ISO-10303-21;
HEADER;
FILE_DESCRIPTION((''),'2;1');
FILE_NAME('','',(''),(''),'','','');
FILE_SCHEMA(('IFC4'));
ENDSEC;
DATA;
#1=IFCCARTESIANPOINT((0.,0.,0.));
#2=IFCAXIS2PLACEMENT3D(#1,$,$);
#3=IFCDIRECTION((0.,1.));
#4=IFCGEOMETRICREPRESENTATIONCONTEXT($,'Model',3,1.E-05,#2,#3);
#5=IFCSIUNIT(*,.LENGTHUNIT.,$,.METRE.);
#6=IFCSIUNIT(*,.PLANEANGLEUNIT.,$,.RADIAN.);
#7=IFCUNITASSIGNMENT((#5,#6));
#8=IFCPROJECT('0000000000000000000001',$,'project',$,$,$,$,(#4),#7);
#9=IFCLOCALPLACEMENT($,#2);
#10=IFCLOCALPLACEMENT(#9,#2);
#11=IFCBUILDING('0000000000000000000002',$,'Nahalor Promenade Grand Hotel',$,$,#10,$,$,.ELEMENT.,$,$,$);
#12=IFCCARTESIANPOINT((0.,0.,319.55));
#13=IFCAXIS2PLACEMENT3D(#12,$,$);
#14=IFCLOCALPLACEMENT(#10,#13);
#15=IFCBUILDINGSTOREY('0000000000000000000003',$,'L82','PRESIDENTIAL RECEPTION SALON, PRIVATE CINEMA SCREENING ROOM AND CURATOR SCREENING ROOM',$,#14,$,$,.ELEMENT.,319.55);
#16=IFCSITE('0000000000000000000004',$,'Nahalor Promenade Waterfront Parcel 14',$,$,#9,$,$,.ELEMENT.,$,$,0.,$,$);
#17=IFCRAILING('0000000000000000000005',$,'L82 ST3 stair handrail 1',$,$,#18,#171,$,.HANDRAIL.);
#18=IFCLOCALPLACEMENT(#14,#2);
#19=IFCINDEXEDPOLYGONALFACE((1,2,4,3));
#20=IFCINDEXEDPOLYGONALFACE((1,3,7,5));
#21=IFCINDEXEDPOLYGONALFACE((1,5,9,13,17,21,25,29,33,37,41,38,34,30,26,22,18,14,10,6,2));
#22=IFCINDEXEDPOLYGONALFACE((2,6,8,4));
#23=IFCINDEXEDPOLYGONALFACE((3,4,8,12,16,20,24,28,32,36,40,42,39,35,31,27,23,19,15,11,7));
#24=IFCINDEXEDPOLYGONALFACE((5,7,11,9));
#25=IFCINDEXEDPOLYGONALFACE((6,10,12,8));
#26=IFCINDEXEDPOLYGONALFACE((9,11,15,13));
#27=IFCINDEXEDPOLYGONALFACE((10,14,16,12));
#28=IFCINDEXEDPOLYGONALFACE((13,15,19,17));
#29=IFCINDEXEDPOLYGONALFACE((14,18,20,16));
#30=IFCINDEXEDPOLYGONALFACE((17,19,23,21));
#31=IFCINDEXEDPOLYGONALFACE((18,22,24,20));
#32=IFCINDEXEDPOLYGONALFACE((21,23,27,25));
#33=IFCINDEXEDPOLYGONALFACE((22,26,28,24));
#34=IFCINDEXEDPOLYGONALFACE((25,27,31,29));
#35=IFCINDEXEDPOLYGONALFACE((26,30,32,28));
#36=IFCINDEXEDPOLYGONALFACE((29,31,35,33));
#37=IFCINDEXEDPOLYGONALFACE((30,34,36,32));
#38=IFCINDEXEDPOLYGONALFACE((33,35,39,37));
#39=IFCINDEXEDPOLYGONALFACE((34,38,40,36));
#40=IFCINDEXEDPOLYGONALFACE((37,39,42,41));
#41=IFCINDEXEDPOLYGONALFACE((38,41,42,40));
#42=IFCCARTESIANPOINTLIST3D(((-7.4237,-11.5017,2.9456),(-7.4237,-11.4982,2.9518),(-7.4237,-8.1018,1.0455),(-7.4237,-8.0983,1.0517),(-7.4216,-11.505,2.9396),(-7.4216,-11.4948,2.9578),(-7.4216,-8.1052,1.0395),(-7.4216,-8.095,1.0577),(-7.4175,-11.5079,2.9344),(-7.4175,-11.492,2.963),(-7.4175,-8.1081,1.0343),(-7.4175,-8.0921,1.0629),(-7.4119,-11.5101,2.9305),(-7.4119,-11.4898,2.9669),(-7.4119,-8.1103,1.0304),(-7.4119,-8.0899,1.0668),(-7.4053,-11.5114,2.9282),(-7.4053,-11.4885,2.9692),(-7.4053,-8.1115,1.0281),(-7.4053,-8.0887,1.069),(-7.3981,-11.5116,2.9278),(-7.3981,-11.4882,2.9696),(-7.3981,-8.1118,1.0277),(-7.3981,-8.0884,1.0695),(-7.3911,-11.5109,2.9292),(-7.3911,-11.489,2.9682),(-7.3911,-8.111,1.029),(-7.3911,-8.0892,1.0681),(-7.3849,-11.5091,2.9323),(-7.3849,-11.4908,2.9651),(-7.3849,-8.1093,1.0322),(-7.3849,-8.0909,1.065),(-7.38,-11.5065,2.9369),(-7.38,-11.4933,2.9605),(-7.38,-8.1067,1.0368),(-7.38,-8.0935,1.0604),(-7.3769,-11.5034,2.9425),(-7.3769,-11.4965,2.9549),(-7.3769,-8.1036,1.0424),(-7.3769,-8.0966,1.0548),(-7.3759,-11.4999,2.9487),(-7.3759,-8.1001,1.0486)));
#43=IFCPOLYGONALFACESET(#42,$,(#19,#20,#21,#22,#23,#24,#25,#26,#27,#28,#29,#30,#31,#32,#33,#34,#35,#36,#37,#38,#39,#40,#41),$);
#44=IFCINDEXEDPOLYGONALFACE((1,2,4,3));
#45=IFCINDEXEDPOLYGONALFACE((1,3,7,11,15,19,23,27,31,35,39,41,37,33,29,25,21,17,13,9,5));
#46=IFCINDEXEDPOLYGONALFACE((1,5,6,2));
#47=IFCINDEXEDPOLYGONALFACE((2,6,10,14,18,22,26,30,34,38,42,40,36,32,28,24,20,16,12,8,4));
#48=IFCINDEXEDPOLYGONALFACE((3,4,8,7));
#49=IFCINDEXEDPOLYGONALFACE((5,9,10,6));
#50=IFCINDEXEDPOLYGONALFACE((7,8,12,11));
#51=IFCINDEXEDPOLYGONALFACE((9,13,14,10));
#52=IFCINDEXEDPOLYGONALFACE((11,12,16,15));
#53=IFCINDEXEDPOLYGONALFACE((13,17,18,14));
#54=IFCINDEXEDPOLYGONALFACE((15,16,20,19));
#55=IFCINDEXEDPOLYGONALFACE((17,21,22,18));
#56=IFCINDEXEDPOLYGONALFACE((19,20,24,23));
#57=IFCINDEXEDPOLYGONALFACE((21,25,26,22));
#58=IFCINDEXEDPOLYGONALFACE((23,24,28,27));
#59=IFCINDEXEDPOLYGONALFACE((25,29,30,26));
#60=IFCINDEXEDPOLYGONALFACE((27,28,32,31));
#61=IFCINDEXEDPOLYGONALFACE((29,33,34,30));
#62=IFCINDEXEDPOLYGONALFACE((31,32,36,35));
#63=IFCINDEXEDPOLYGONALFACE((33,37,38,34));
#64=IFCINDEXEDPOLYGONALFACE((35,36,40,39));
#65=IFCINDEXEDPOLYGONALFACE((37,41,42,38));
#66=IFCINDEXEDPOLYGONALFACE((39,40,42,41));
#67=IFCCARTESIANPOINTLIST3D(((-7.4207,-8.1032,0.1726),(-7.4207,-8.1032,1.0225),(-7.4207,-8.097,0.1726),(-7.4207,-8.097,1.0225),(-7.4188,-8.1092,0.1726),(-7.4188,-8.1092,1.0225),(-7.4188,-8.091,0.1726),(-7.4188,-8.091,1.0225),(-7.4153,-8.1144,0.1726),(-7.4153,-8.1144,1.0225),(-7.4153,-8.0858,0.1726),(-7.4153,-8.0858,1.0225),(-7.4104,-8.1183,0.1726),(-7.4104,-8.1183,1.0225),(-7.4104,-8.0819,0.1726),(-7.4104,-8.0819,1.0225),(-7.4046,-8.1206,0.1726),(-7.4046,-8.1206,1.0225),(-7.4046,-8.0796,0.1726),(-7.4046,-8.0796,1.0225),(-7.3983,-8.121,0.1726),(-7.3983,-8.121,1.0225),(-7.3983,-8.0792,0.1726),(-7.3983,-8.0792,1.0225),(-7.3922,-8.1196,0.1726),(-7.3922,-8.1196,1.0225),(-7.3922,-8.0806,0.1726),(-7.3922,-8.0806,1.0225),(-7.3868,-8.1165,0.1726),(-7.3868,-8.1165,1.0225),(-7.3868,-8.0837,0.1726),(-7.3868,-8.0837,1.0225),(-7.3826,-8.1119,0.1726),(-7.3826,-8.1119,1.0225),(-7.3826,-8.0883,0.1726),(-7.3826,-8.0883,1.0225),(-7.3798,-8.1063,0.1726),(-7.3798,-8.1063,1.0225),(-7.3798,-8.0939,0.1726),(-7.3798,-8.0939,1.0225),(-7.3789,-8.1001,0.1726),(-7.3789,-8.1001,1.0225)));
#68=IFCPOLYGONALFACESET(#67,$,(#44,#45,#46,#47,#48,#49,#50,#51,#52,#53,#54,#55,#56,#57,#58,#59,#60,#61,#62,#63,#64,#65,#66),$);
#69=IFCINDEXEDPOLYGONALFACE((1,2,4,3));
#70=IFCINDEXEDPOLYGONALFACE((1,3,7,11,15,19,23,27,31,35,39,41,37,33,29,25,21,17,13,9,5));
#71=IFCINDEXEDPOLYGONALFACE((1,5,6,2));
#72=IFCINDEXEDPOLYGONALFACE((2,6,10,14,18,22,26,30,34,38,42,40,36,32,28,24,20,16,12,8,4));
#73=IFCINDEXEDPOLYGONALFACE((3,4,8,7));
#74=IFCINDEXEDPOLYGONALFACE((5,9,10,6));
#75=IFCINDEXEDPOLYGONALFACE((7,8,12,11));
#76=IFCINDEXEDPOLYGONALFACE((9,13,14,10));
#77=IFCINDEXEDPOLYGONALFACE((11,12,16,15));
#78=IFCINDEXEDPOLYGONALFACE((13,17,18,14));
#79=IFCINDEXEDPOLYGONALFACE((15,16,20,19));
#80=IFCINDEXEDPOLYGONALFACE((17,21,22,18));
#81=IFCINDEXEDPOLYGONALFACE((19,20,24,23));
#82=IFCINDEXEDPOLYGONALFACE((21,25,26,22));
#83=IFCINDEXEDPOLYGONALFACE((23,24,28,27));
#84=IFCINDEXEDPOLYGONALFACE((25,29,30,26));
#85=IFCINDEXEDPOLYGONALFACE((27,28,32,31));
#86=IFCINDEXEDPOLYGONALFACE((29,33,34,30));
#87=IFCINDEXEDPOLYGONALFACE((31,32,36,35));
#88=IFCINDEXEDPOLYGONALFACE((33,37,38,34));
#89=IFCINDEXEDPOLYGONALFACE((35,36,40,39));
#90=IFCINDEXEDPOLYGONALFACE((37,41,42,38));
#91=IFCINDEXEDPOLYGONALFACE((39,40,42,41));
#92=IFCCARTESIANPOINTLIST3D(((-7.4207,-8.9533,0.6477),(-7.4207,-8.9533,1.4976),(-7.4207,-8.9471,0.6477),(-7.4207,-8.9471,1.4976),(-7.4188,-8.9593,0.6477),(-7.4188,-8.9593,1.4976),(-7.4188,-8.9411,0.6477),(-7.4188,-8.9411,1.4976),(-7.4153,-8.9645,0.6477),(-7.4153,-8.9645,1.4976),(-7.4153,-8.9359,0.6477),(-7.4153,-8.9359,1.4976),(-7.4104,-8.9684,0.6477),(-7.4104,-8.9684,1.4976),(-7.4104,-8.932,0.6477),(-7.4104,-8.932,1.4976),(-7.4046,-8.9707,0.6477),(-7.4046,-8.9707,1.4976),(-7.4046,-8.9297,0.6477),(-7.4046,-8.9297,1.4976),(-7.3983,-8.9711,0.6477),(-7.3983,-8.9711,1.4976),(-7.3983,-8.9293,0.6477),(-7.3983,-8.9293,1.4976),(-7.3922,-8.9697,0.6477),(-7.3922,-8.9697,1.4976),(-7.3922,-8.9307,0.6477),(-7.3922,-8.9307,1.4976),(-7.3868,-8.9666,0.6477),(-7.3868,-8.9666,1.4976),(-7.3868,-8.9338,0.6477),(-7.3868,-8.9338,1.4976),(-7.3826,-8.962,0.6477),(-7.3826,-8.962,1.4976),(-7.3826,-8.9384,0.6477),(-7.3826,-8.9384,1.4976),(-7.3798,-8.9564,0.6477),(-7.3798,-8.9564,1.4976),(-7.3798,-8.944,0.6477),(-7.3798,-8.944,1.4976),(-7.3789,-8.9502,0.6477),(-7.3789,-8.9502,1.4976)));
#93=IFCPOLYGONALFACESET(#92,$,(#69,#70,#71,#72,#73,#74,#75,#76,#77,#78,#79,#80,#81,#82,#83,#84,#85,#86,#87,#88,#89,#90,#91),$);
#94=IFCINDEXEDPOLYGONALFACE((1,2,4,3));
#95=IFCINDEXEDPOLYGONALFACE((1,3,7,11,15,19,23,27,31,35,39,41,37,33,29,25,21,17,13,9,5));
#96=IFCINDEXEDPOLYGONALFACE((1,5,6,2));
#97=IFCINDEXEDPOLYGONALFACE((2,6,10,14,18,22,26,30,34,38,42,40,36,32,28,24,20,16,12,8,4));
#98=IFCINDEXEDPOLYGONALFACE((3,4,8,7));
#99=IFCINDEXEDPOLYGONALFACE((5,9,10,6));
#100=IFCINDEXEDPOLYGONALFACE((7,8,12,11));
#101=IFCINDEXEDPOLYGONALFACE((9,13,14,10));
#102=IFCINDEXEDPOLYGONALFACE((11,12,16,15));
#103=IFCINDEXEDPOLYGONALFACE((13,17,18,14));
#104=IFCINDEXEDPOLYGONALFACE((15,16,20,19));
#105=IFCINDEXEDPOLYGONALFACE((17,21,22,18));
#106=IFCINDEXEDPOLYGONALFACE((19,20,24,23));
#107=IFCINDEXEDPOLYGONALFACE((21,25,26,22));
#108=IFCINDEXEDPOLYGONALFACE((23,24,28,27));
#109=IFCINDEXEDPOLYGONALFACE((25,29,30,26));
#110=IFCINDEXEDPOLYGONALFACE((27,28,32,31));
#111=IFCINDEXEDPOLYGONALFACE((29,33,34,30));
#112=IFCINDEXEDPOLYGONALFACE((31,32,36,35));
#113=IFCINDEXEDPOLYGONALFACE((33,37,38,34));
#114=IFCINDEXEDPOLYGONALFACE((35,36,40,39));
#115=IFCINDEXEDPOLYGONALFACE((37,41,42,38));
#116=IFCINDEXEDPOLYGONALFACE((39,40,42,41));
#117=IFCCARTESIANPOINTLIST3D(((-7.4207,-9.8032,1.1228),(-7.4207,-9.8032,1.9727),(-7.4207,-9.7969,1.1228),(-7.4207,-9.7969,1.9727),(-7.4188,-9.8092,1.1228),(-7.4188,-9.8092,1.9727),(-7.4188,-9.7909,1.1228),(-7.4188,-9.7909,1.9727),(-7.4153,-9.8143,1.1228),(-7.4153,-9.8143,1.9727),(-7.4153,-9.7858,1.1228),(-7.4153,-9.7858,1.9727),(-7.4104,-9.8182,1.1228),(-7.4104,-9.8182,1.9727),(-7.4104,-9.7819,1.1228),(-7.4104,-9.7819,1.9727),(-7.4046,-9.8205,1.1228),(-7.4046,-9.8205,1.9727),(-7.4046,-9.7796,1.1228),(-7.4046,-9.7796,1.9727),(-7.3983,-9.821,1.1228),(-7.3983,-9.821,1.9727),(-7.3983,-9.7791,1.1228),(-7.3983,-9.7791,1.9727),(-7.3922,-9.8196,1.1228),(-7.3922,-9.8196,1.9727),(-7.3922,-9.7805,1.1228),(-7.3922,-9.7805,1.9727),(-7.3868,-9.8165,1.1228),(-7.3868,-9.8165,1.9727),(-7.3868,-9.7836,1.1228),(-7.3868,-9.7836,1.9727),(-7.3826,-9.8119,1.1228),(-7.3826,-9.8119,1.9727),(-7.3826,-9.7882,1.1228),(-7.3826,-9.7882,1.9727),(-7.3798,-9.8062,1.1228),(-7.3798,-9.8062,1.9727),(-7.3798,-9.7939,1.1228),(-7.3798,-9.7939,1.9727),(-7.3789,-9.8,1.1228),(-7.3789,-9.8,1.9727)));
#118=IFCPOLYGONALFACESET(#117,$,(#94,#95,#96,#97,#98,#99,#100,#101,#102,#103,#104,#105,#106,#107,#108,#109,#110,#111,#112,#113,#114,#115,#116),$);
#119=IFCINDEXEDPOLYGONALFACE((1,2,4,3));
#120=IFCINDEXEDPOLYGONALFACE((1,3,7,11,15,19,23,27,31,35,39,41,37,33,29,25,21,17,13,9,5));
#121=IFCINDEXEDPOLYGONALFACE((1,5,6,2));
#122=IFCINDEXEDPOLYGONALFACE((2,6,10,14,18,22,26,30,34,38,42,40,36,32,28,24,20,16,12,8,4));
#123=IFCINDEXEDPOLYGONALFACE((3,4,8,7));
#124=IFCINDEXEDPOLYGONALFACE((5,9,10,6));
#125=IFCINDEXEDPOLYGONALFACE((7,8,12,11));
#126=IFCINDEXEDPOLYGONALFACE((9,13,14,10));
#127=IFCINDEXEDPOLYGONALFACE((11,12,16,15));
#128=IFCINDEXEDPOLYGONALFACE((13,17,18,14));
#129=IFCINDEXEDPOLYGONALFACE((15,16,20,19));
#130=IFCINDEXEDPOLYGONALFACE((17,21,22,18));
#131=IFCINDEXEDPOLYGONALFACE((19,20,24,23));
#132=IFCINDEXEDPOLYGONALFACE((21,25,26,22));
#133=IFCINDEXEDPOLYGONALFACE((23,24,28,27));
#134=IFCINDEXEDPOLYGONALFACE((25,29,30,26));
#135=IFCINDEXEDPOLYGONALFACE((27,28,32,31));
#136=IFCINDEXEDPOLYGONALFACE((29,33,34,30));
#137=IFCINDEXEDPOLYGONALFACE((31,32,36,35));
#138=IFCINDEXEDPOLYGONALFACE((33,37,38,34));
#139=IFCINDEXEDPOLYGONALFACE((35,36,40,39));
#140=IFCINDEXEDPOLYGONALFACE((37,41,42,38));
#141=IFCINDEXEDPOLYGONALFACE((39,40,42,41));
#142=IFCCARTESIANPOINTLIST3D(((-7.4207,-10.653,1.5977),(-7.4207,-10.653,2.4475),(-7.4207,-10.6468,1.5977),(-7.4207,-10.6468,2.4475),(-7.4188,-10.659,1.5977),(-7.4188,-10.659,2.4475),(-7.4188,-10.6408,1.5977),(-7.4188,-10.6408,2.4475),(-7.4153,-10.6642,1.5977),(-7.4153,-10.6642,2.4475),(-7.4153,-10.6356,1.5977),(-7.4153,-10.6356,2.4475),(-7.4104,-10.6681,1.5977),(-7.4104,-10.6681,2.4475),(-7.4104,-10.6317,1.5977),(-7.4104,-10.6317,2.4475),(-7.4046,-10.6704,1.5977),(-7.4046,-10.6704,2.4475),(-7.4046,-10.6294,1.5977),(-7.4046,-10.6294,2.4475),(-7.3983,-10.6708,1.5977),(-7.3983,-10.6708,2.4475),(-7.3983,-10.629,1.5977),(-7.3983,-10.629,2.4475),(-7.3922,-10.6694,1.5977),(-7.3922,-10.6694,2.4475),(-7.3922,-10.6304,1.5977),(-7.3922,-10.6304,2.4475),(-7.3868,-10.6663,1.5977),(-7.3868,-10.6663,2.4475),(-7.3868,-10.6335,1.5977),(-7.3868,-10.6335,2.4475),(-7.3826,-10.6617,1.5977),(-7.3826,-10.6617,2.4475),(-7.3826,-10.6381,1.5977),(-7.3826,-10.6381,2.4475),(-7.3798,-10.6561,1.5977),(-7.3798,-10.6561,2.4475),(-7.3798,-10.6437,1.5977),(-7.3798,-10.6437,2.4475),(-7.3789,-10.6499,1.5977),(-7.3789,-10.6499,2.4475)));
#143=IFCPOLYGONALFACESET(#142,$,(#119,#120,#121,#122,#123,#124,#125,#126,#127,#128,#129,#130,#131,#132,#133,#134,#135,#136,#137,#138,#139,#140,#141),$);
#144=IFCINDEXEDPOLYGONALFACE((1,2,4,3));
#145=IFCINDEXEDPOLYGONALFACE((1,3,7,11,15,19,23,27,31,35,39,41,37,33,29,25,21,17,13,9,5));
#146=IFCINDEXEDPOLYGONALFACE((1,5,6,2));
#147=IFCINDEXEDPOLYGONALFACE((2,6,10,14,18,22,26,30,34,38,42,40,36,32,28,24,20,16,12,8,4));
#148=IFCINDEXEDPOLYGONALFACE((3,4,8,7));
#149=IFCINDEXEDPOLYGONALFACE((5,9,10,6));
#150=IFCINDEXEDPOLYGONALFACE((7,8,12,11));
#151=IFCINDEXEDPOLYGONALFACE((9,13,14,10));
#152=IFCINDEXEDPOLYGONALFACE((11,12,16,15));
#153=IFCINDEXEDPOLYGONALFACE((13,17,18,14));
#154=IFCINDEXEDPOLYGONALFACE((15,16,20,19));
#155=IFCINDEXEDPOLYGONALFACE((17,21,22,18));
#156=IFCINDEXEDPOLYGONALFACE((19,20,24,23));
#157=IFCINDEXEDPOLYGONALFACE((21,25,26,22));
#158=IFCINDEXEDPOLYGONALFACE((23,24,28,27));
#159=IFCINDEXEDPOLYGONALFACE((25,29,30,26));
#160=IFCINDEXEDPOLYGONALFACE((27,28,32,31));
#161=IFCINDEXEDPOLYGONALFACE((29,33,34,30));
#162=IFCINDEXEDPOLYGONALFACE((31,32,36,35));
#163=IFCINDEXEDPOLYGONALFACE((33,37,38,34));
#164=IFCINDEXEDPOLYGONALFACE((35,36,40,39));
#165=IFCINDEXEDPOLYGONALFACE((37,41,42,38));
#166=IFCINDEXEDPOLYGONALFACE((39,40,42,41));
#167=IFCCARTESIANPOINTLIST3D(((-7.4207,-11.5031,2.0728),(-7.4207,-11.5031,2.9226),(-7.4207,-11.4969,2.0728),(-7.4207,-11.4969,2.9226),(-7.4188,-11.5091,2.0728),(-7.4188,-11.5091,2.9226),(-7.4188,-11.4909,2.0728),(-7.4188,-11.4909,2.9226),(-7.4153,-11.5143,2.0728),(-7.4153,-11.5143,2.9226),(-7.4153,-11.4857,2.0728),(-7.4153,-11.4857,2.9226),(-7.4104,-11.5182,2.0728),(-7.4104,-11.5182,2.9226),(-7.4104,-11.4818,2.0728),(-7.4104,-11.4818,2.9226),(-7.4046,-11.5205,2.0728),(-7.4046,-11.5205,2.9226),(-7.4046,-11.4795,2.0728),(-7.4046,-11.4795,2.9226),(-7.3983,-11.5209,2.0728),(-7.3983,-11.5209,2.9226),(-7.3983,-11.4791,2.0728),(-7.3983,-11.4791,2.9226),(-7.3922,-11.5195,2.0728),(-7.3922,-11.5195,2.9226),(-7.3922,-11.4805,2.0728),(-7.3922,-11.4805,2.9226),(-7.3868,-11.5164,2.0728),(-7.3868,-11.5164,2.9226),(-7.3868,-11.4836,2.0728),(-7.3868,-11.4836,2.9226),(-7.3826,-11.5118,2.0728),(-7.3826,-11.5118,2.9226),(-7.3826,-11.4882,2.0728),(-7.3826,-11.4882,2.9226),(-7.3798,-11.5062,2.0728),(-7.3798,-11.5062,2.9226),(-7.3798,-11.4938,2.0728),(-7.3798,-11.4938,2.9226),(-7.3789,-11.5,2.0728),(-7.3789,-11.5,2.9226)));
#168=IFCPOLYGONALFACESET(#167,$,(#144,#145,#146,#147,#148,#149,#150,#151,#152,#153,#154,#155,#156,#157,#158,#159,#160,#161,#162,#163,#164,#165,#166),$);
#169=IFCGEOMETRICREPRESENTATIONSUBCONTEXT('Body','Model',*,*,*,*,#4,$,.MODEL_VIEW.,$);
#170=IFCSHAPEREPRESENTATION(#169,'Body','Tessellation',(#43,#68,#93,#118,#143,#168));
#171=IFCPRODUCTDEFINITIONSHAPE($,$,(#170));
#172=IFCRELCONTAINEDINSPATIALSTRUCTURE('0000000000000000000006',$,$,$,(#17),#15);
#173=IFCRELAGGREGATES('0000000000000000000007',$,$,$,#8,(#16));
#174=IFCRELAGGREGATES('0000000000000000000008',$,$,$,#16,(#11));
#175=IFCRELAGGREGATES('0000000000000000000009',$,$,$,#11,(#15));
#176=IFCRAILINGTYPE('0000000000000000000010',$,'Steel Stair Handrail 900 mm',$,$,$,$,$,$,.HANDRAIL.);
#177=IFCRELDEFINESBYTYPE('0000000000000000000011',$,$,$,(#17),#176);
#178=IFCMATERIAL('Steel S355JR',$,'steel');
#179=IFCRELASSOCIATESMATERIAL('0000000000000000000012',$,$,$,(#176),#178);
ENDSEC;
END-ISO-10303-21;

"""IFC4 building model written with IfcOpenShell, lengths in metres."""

from ifc_helpers import new_model, si_unit, direction, frame, origin, origin_2d, place, context, subcontext, project, spatial, circle, extrude, material, type_object, element, save


model = new_model("IFC4")

# Units and contexts
model_context = context("Model", 3, precision=1e-05, world=origin(), true_north=direction((0.0, 1.0)))
body_context = subcontext(model_context, "Body", "Model", "MODEL_VIEW")
ifc_project = project(units=[si_unit("LENGTHUNIT", "METRE"), si_unit("PLANEANGLEUNIT", "RADIAN")], contexts=[model_context])

# Site, building, storey
site_placement = place(None, origin())
site = spatial("IfcSite", under=ifc_project, at=site_placement, Name="Nahalor Promenade Waterfront Parcel 14", CompositionType="ELEMENT", RefElevation=0.0)
building_placement = place(site_placement, origin())
building = spatial("IfcBuilding", under=site, at=building_placement, Name="Nahalor Promenade Grand Hotel", CompositionType="ELEMENT")
storey_placement = place(building_placement, frame((0.0, 0.0, 319.55)))
storey = spatial("IfcBuildingStorey", under=building, at=storey_placement, Name="L82", Description="PRESIDENTIAL RECEPTION SALON, PRIVATE CINEMA SCREENING ROOM AND CURATOR SCREENING ROOM", CompositionType="ELEMENT", Elevation=319.55)

# Shared definitions
ifc_material_1 = material(Name="Steel S355JR", Category="steel")

# Railing
railing_type_1 = type_object("IfcRailingType", Name="Steel Stair Handrail 900 mm", PredefinedType="HANDRAIL", material=ifc_material_1)
railing_1_placement = place(storey_placement, frame((-7.3999, -8.1001, 0.1726)))
element("IfcRailing", 1, at=railing_1_placement, inside=storey, type_object=railing_type_1, Name="L82 ST3 stair handrail 1", PredefinedType="HANDRAIL", context=body_context, shape_type="SweptSolid", body=[
    extrude(circle(Radius=0.024, at=origin_2d()), frame((0.0, 0.0, 0.876), z_axis=(0.0, -0.872921, 0.487861), x_axis=(1.0, 0.0, 0.0)), (0.0, 0.0, 1.0), 3.8948),
    extrude(circle(Radius=0.021, at=origin_2d()), origin(), (0.0, 0.0, 1.0), 0.8499),
    extrude(circle(Radius=0.021, at=origin_2d()), frame((0.0, -0.8501, 0.4751)), (0.0, 0.0, 1.0), 0.8499),
    extrude(circle(Radius=0.021, at=origin_2d()), frame((0.0, -1.7, 0.9502)), (0.0, 0.0, 1.0), 0.8499),
    extrude(circle(Radius=0.021, at=origin_2d()), frame((0.0, -2.5498, 1.425)), (0.0, 0.0, 1.0), 0.8499),
    extrude(circle(Radius=0.021, at=origin_2d()), frame((0.0, -3.3999, 1.9001)), (0.0, 0.0, 1.0), 0.8499),
])

save(model, "model.ifc")
